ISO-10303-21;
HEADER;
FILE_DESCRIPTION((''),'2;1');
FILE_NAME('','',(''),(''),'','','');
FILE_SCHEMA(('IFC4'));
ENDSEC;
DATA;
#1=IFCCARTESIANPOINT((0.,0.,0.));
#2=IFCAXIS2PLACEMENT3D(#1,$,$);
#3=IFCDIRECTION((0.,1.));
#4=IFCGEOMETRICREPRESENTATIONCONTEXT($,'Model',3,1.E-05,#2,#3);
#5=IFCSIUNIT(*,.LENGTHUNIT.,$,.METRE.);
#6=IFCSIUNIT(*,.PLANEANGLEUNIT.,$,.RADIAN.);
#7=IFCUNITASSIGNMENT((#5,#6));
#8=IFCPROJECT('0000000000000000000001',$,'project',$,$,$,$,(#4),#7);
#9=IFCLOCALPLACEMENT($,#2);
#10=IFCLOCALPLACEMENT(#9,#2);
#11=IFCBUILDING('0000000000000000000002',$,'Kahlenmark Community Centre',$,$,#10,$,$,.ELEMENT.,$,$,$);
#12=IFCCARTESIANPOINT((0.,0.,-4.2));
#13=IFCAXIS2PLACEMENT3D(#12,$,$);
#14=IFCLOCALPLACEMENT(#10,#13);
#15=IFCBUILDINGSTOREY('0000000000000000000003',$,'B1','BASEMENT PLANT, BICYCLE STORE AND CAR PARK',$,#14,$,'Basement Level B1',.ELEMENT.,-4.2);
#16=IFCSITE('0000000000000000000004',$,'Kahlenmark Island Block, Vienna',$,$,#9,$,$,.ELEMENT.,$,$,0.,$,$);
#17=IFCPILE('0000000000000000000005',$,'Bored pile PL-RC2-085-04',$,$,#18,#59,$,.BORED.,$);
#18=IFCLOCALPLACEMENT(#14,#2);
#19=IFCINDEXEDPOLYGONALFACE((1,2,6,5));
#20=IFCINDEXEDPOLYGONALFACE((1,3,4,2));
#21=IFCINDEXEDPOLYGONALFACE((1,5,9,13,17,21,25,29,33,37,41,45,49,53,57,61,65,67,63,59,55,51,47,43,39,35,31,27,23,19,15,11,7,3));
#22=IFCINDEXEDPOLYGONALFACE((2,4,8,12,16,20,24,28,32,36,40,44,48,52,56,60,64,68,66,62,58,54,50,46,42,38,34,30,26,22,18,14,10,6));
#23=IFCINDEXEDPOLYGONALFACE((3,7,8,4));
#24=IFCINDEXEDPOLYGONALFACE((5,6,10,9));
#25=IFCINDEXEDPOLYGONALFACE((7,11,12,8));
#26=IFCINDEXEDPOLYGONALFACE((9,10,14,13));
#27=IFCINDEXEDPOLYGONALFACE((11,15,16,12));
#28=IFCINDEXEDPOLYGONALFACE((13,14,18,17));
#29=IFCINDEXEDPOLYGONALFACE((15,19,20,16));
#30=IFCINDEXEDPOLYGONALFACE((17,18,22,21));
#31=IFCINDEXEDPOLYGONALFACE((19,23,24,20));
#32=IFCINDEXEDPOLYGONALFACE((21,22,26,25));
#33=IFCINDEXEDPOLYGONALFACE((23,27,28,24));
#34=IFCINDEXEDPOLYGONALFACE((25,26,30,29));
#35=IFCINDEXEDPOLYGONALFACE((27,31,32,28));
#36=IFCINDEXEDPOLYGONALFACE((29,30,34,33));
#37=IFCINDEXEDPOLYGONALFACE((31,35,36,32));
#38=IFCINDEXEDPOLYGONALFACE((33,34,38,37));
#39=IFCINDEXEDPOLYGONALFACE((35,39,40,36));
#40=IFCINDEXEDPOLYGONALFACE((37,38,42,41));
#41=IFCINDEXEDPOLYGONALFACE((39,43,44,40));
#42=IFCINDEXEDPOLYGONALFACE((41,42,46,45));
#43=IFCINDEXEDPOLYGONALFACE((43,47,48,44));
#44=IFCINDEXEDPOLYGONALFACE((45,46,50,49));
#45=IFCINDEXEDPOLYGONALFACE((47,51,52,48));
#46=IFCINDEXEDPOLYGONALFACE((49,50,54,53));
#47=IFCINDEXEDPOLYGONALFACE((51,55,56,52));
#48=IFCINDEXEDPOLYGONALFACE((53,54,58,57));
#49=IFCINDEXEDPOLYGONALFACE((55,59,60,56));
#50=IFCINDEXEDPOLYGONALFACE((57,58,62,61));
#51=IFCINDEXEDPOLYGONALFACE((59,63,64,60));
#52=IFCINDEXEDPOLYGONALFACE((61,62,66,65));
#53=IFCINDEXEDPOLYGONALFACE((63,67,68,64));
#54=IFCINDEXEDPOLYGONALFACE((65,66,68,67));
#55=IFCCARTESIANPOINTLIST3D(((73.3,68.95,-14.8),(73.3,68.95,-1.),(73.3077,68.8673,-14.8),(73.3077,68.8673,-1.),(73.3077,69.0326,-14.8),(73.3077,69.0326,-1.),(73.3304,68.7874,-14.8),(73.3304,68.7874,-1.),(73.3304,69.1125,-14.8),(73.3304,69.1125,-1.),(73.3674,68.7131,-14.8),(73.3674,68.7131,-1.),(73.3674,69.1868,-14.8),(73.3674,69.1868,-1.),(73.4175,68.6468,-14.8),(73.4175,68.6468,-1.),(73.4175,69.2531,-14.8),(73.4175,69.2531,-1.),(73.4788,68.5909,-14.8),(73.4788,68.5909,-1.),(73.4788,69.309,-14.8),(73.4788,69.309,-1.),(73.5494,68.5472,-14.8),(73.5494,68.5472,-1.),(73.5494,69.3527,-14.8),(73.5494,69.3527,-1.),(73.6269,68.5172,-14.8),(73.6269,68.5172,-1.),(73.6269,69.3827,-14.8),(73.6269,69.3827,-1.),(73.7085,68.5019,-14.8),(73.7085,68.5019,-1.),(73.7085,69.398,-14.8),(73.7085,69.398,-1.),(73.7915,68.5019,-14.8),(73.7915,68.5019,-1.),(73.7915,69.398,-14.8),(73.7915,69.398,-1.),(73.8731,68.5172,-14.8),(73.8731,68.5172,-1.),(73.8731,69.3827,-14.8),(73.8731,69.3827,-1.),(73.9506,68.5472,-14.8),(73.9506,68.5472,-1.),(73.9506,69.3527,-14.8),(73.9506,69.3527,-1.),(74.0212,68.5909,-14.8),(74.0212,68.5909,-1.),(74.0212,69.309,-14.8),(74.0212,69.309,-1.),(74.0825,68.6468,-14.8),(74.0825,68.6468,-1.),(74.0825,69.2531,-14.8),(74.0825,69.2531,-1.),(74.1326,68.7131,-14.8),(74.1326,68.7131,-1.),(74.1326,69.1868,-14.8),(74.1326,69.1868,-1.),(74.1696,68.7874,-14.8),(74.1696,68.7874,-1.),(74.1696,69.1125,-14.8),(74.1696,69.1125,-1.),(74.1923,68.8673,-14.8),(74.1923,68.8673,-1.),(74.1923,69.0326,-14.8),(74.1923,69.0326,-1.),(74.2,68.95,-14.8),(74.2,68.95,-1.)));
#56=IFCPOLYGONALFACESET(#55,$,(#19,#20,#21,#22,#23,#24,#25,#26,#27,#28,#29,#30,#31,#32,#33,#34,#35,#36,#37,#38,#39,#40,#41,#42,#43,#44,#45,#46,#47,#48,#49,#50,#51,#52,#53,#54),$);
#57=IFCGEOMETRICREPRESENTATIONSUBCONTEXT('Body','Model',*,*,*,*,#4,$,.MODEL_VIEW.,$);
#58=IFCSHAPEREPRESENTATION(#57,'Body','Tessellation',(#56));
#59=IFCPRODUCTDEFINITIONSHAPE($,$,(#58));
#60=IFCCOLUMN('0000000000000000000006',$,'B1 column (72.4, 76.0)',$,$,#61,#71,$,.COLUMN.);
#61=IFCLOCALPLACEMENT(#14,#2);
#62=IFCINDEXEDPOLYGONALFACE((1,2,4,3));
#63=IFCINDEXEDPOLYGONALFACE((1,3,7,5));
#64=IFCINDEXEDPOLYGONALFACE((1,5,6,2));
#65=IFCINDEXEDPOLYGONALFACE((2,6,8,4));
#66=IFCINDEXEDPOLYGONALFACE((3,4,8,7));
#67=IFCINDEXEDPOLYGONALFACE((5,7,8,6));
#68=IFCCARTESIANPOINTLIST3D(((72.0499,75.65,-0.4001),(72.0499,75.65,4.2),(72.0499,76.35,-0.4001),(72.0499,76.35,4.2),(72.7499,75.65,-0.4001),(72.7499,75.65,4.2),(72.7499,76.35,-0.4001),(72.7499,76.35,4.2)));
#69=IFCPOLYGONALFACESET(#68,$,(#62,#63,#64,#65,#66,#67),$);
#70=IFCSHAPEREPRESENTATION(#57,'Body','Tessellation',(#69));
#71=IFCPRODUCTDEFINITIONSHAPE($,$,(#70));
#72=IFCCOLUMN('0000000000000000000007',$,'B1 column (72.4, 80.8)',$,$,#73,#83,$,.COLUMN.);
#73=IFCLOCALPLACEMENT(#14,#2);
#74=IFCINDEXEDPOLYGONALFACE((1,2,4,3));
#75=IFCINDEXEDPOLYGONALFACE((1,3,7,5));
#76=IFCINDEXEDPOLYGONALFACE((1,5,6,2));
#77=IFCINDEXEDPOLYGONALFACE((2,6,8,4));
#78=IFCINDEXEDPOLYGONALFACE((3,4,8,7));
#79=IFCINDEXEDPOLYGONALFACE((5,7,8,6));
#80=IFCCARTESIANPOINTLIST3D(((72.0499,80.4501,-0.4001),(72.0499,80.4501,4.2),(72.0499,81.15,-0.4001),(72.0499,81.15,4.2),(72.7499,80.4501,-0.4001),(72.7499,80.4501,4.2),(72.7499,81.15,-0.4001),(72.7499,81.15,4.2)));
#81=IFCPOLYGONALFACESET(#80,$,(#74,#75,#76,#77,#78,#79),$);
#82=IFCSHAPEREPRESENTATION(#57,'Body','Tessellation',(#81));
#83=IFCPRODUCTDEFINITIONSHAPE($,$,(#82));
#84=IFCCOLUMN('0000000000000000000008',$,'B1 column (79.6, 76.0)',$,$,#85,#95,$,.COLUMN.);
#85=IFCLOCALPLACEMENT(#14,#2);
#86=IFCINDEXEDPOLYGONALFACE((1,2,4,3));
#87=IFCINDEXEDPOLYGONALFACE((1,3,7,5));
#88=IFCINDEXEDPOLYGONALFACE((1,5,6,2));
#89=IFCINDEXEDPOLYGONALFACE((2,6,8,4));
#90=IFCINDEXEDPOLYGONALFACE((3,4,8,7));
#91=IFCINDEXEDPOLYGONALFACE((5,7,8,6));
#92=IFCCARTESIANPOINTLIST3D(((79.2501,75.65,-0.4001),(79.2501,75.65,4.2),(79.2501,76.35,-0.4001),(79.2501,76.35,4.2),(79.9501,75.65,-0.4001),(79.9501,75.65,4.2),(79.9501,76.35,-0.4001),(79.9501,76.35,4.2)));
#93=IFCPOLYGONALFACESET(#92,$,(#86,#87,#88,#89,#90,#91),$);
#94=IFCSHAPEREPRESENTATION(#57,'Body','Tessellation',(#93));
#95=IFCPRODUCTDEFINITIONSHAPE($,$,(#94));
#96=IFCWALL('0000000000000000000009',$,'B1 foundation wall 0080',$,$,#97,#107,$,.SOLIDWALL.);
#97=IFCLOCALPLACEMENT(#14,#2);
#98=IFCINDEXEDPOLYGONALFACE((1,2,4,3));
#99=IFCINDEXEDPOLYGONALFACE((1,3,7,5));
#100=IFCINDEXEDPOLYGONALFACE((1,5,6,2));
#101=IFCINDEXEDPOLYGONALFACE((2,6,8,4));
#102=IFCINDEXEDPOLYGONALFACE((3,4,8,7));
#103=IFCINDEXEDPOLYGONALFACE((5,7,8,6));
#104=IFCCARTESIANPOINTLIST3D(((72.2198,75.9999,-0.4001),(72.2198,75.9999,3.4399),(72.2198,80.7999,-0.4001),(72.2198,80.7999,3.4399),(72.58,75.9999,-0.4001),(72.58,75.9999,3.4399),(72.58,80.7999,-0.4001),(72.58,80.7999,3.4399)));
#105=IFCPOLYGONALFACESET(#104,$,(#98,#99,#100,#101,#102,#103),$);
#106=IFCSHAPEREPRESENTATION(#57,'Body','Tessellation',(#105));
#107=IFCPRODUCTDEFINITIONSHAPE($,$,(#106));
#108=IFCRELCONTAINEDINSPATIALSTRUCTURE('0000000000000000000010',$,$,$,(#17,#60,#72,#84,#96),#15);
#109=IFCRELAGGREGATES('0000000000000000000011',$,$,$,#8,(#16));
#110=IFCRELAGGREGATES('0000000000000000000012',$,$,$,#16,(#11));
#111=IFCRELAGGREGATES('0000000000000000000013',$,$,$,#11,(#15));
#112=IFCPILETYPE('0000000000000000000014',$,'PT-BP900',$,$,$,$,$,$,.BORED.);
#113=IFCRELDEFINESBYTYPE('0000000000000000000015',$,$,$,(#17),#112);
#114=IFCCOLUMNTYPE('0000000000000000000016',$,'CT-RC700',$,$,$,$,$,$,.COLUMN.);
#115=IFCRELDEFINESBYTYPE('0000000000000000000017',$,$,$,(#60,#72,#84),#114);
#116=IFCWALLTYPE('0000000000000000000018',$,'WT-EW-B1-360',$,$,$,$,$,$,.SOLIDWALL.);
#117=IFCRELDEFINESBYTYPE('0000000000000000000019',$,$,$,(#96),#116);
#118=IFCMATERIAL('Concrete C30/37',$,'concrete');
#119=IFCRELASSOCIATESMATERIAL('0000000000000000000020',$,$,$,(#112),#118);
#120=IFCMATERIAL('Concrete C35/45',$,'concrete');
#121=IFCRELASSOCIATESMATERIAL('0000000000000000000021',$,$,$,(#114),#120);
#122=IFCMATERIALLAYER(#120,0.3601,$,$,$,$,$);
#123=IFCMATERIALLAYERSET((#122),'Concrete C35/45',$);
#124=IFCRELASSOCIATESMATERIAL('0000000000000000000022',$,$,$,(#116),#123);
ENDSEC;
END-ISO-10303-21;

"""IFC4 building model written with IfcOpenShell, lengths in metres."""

from ifc_helpers import new_model, si_unit, direction, frame, frame_2d, origin, origin_2d, place, context, subcontext, project, spatial, rectangle, circle, extrude, material, layer, layer_set, material_profile, profile_set, type_object, element, save


model = new_model("IFC4")

# Units and contexts
model_context = context("Model", 3, precision=1e-05, world=origin(), true_north=direction((0.0, 1.0)))
body_context = subcontext(model_context, "Body", "Model", "MODEL_VIEW")
ifc_project = project(units=[si_unit("LENGTHUNIT", "METRE"), si_unit("PLANEANGLEUNIT", "RADIAN")], contexts=[model_context])

# Site, building, storey
site_placement = place(None, origin())
site = spatial("IfcSite", under=ifc_project, at=site_placement, Name="Kahlenmark Island Block, Vienna", CompositionType="ELEMENT", RefElevation=0.0)
building_placement = place(site_placement, origin())
building = spatial("IfcBuilding", under=site, at=building_placement, Name="Kahlenmark Community Centre", CompositionType="ELEMENT")
storey_placement = place(building_placement, frame((0.0, 0.0, -4.2)))
storey = spatial("IfcBuildingStorey", under=building, at=storey_placement, Name="B1", Description="BASEMENT PLANT, BICYCLE STORE AND CAR PARK", LongName="Basement Level B1", CompositionType="ELEMENT", Elevation=-4.2)

# Shared definitions
ifc_material_1 = material(Name="Concrete C30/37", Category="concrete")

# Pile
ifc_material_profile_1 = material_profile(ifc_material_1, circle(Radius=0.45, at=origin_2d()), Name="BORED PILE 900")
ifc_profile_set_1 = profile_set([ifc_material_profile_1], Name="Concrete C30/37")
pile_type_1 = type_object("IfcPileType", Name="PT-BP900", PredefinedType="BORED", material=ifc_profile_set_1)
pile_placement = place(storey_placement, frame((73.75, 68.95, -1.0), z_axis=(0.0, 0.0, -1.0), x_axis=(1.0, 0.0, 0.0)))
element("IfcPile", 1, at=pile_placement, inside=storey, type_object=pile_type_1, Name="Bored pile PL-RC2-085-04", PredefinedType="BORED", context=body_context, shape_type="SweptSolid", body=[
    extrude(circle(Radius=0.45, at=origin_2d()), origin(), (0.0, 0.0, 1.0), 13.8),
])

# Columns
ifc_material_2 = material(Name="Concrete C35/45", Category="concrete")
ifc_material_profile_2 = material_profile(ifc_material_2, rectangle(XDim=0.7, YDim=0.7, at=origin_2d()), Name="RC 700x700")
ifc_profile_set_2 = profile_set([ifc_material_profile_2], Name="Concrete C35/45")
column_type = type_object("IfcColumnType", Name="CT-RC700", PredefinedType="COLUMN", material=ifc_profile_set_2)
for number, where, z_axis, x_axis, name in (
    (2, (72.3999, 76.0, -0.4001), (0.0, 0.0, 1.0), (1.0, 0.0, 0.0), "B1 column (72.4, 76.0)"),
    (3, (72.3999, 80.8, -0.4001), (0.0, 0.0, 1.0), (1.0, 0.0, 0.0), "B1 column (72.4, 80.8)"),
    (4, (79.6001, 76.0, -0.4001), (0.0, 0.0, 1.0), (1.0, 0.0, 0.0), "B1 column (79.6, 76.0)"),
):
    element("IfcColumn", number, at=place(storey_placement, frame(where, z_axis=z_axis, x_axis=x_axis)), inside=storey, type_object=column_type, Name=name, PredefinedType="COLUMN", context=body_context, shape_type="SweptSolid", body=[
        extrude(rectangle(XDim=0.7, YDim=0.7, at=origin_2d()), origin(), (0.0, 0.0, 1.0), 4.6001),
    ])

# Wall
ifc_layer = layer(ifc_material_2, 0.3601)
ifc_layer_set = layer_set([ifc_layer], Name="Concrete C35/45")
wall_type = type_object("IfcWallType", Name="WT-EW-B1-360", PredefinedType="SOLIDWALL", material=ifc_layer_set)
wall_placement = place(storey_placement, frame((72.3999, 76.0, -0.4001), z_axis=(0.0, 0.0, 1.0), x_axis=(0.0, 1.0, 0.0)))
element("IfcWall", 5, at=wall_placement, inside=storey, type_object=wall_type, Name="B1 foundation wall 0080", PredefinedType="SOLIDWALL", context=body_context, shape_type="SweptSolid", body=[
    extrude(rectangle(XDim=4.8, YDim=0.3601, at=frame_2d((2.3999, 0.0))), origin(), (0.0, 0.0, 1.0), 3.8401),
])

save(model, "model.ifc")
